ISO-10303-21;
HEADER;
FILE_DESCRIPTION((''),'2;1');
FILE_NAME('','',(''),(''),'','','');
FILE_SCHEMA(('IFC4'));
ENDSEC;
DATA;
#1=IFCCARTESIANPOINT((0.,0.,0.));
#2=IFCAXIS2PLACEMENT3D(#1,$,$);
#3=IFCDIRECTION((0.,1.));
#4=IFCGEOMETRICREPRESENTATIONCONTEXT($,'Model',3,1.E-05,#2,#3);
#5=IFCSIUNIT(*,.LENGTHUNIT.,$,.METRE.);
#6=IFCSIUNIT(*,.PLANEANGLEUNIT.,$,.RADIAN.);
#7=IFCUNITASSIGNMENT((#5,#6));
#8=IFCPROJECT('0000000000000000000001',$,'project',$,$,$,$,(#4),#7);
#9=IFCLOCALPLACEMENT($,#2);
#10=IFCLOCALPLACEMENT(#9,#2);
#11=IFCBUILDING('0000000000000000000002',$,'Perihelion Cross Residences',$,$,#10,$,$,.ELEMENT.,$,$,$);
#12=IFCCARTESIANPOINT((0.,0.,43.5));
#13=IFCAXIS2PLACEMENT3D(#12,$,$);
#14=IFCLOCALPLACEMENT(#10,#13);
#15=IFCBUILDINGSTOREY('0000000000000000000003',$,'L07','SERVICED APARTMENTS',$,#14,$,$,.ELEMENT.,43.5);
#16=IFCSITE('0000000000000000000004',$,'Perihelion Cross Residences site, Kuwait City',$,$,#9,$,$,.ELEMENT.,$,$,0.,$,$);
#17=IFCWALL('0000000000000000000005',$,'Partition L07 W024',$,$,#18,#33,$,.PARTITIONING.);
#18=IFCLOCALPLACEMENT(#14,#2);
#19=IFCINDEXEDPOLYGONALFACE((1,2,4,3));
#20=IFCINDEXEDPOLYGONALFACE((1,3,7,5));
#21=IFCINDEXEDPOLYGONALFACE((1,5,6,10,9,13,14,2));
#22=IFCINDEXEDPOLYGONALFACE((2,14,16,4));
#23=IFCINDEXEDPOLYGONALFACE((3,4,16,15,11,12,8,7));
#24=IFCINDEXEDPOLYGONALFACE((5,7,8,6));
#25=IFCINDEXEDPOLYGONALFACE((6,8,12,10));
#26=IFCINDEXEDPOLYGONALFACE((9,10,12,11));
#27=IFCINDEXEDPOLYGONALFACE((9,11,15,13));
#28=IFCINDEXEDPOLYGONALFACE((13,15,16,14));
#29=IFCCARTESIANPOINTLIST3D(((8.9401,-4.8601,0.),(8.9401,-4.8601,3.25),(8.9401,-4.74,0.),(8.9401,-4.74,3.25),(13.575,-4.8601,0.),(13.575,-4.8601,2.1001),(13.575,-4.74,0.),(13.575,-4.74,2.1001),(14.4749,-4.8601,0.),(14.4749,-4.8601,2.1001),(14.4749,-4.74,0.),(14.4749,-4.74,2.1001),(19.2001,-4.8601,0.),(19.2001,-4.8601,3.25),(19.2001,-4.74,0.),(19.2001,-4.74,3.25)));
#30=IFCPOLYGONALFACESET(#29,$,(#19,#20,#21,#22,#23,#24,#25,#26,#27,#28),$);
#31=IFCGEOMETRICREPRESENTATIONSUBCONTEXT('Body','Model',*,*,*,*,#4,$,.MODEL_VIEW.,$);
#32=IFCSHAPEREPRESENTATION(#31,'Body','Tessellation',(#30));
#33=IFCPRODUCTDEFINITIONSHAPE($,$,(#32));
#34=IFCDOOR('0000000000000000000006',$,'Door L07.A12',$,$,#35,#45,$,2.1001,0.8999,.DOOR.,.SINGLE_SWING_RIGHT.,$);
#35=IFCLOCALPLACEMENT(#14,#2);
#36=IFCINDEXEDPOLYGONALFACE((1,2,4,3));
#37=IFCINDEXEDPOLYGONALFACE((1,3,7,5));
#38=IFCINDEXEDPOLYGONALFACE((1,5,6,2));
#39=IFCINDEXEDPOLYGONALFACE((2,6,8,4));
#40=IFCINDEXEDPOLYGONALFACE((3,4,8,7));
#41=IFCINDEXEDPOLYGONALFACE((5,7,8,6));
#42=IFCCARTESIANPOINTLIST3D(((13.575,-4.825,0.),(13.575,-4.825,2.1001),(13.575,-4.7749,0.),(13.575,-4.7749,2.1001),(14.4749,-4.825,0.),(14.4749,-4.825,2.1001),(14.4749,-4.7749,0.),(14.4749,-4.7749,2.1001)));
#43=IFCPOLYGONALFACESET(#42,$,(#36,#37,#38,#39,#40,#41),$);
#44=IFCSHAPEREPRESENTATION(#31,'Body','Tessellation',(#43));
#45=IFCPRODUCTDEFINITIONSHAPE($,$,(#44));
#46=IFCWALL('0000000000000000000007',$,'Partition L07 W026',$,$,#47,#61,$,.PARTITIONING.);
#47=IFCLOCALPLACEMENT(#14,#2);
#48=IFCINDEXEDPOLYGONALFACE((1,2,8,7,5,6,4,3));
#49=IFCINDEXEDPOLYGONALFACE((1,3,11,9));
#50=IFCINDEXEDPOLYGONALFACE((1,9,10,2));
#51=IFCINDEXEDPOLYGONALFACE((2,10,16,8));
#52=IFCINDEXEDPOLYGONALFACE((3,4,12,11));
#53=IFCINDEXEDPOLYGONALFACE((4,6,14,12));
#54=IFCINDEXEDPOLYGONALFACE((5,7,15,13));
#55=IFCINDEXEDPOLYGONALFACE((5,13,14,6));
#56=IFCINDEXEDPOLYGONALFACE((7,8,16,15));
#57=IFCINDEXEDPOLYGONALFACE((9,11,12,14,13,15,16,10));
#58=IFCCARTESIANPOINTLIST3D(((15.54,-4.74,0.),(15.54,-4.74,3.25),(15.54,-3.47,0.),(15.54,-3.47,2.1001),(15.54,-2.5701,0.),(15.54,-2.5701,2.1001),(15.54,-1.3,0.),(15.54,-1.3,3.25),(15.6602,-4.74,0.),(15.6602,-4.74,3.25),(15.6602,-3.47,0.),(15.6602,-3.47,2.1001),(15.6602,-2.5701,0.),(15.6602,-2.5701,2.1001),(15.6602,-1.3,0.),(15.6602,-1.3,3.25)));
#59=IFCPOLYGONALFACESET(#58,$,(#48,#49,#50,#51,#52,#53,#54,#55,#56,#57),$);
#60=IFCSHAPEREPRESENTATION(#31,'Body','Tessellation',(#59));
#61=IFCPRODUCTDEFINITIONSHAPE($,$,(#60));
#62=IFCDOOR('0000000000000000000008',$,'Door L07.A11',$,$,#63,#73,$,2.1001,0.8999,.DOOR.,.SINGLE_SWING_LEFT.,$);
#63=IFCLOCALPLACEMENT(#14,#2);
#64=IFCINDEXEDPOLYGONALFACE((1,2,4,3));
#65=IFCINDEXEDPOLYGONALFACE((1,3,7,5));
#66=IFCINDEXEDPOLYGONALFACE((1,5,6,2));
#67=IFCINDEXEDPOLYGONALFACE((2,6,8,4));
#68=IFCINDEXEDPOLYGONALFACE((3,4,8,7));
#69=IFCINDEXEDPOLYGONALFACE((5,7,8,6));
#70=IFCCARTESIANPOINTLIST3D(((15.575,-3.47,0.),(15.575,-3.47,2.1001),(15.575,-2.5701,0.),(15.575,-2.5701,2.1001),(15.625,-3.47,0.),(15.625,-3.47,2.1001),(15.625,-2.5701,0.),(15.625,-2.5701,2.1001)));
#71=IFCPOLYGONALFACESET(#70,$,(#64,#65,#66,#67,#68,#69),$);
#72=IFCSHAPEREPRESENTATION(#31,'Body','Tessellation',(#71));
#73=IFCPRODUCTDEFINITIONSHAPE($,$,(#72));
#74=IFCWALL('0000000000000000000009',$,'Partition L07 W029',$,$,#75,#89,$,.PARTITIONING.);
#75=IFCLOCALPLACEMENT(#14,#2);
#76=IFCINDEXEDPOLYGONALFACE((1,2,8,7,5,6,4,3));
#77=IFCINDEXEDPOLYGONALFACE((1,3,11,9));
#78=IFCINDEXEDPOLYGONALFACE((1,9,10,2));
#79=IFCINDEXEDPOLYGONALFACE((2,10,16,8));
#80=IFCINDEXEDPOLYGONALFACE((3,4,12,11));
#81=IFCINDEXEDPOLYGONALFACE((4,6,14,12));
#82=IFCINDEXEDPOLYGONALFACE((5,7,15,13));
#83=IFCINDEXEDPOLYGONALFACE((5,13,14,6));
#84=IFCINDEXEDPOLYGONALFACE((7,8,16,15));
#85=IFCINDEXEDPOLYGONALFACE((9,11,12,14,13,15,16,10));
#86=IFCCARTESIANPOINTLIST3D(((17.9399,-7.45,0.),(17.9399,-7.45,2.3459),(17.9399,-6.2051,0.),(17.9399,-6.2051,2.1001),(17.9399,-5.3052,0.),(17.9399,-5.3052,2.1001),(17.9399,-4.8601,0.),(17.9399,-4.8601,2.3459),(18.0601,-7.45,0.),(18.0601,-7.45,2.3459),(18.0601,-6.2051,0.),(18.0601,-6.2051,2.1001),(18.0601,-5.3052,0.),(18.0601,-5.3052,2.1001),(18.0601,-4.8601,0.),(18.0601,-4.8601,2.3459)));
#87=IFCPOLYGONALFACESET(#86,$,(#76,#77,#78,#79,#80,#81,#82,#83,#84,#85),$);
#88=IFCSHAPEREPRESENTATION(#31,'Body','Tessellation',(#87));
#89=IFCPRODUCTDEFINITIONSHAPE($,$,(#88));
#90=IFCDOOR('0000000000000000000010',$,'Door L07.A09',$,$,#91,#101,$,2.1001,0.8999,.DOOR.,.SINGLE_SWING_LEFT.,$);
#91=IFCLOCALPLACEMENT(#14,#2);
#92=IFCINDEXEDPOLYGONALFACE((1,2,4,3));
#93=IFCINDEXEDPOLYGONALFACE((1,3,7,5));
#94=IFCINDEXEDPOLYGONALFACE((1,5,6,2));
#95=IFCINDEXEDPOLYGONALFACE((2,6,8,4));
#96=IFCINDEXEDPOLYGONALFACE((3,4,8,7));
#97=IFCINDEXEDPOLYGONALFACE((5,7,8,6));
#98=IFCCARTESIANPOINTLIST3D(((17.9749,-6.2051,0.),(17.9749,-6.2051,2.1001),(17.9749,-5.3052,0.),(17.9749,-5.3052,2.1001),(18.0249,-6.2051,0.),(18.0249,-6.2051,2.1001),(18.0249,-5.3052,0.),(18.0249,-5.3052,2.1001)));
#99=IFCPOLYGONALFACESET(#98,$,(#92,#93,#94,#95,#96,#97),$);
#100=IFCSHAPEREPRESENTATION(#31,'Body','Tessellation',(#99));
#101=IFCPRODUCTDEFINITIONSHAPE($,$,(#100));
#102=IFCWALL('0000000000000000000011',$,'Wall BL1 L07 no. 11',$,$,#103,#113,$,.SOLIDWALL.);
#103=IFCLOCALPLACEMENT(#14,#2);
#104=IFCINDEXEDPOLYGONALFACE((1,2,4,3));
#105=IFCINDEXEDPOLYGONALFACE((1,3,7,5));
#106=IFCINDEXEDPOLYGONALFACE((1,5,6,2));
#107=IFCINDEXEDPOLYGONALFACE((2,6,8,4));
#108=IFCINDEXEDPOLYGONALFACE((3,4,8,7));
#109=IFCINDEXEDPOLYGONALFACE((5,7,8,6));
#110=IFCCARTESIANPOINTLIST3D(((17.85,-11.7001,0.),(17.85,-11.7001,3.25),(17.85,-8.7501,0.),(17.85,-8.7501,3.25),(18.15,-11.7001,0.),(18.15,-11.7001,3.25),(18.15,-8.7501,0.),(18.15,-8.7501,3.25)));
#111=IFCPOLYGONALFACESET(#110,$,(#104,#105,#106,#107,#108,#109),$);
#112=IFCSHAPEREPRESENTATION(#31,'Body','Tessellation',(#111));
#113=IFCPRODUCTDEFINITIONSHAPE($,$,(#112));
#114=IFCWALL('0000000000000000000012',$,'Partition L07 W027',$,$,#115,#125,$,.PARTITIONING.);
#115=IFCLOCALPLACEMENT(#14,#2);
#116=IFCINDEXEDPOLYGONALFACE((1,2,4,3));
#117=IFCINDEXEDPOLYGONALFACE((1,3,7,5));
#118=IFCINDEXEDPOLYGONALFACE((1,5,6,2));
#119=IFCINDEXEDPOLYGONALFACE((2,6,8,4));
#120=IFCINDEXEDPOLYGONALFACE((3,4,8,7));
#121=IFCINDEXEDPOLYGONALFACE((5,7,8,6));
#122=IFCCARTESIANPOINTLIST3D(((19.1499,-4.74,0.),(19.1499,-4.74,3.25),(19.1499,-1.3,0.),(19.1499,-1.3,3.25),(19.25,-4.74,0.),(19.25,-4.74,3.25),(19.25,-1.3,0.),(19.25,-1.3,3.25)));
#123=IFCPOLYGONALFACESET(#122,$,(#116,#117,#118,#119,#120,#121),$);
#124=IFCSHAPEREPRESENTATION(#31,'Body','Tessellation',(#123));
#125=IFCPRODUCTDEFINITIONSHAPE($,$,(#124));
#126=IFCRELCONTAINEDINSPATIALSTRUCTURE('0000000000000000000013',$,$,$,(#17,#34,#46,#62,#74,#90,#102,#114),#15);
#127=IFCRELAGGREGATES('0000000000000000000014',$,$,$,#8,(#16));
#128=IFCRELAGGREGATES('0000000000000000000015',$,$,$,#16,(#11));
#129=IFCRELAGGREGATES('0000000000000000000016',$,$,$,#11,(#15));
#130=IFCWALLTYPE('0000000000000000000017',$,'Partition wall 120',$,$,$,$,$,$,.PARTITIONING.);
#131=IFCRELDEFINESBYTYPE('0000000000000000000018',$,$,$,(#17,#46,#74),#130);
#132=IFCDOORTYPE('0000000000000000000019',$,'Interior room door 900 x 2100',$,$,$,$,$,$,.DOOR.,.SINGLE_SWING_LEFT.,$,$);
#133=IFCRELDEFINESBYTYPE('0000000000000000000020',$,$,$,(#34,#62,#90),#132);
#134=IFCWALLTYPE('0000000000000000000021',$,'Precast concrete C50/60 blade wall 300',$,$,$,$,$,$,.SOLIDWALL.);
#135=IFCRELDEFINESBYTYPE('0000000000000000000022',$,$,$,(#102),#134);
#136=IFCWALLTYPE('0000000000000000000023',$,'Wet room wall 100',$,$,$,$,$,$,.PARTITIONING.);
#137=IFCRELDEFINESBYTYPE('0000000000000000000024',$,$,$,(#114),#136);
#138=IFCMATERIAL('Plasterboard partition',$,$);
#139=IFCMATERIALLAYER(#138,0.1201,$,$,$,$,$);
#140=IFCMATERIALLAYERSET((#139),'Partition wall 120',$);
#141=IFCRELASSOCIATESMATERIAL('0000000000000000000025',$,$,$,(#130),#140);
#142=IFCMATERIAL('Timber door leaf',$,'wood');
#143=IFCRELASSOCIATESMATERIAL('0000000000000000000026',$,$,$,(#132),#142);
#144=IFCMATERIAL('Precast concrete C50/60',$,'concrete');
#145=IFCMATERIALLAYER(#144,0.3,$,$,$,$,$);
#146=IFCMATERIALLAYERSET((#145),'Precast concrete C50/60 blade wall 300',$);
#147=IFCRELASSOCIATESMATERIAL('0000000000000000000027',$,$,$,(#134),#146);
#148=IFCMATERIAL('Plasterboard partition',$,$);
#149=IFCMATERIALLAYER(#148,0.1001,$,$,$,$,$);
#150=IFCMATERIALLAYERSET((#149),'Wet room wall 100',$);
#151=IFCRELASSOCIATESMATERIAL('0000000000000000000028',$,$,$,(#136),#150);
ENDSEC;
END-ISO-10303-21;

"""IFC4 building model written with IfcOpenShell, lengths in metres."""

from ifc_helpers import new_model, si_unit, direction, frame, frame_2d, origin, place, context, subcontext, project, spatial, rectangle, extrude, material, layer, layer_set, type_object, element, fill, save


model = new_model("IFC4")

# Units and contexts
model_context = context("Model", 3, precision=1e-05, world=origin(), true_north=direction((0.0, 1.0)))
body_context = subcontext(model_context, "Body", "Model", "MODEL_VIEW")
ifc_project = project(units=[si_unit("LENGTHUNIT", "METRE"), si_unit("PLANEANGLEUNIT", "RADIAN")], contexts=[model_context])

# Site, building, storey
site_placement = place(None, origin())
site = spatial("IfcSite", under=ifc_project, at=site_placement, Name="Perihelion Cross Residences site, Kuwait City", CompositionType="ELEMENT", RefElevation=0.0)
building_placement = place(site_placement, origin())
building = spatial("IfcBuilding", under=site, at=building_placement, Name="Perihelion Cross Residences", CompositionType="ELEMENT")
storey_placement = place(building_placement, frame((0.0, 0.0, 43.5)))
storey = spatial("IfcBuildingStorey", under=building, at=storey_placement, Name="L07", Description="SERVICED APARTMENTS", CompositionType="ELEMENT", Elevation=43.5)

# Walls, openings, doors
ifc_material_1 = material(Name="Plasterboard partition")
ifc_layer_1 = layer(ifc_material_1, 0.1201)
ifc_layer_set_1 = layer_set([ifc_layer_1], Name="Partition wall 120")
wall_type_1 = type_object("IfcWallType", Name="Partition wall 120", PredefinedType="PARTITIONING", material=ifc_layer_set_1)
ifc_material_2 = material(Name="Timber door leaf", Category="wood")
door_type_1 = type_object("IfcDoorType", Name="Interior room door 900 x 2100", OperationType="SINGLE_SWING_LEFT", PredefinedType="DOOR", material=ifc_material_2)
wall_1_placement = place(storey_placement, frame((19.2, -4.8, 0.0), z_axis=(0.0, 0.0, 1.0), x_axis=(-1.0, 0.0, 0.0)))
wall_1 = element("IfcWall", 1, at=wall_1_placement, inside=storey, type_object=wall_type_1, Name="Partition L07 W024", PredefinedType="PARTITIONING", context=body_context, shape_type="SweptSolid", body=[
    extrude(rectangle(XDim=10.26, YDim=0.1201, at=frame_2d((5.1299, 0.0))), origin(), (0.0, 0.0, 1.0), 3.25),
])
opening_1_placement = place(wall_1_placement, frame((4.7251, 0.0, 0.0)))
opening_1 = element("IfcOpeningElement", 2, at=opening_1_placement, cuts=wall_1, PredefinedType="OPENING", context=body_context, shape_type="SweptSolid", body=[
    extrude(rectangle(XDim=0.8999, YDim=2.1001, at=frame_2d((0.45, 1.05))), frame((0.0, 0.0701, 0.0), z_axis=(0.0, -1.0, 0.0), x_axis=(1.0, 0.0, 0.0)), (0.0, 0.0, 1.0), 0.1401),
])
door_1_placement = place(opening_1_placement, origin())
door_1 = element("IfcDoor", 3, at=door_1_placement, inside=storey, type_object=door_type_1, Name="Door L07.A12", OperationType="SINGLE_SWING_RIGHT", OverallHeight=2.1001, OverallWidth=0.8999, PredefinedType="DOOR", context=body_context, shape_type="SweptSolid", body=[
    extrude(rectangle(XDim=0.8999, YDim=2.1001, at=frame_2d((0.45, 1.05))), frame((0.0, 0.0249, 0.0), z_axis=(0.0, -1.0, 0.0), x_axis=(1.0, 0.0, 0.0)), (0.0, 0.0, 1.0), 0.05),
])
fill(opening_1, door_1)
wall_2_placement = place(storey_placement, frame((15.6001, -1.3, 0.0), z_axis=(0.0, 0.0, 1.0), x_axis=(0.0, -1.0, 0.0)))
wall_2 = element("IfcWall", 4, at=wall_2_placement, inside=storey, type_object=wall_type_1, Name="Partition L07 W026", PredefinedType="PARTITIONING", context=body_context, shape_type="SweptSolid", body=[
    extrude(rectangle(XDim=3.4399, YDim=0.1201, at=frame_2d((1.72, 0.0))), origin(), (0.0, 0.0, 1.0), 3.25),
])
opening_2_placement = place(wall_2_placement, frame((1.27, 0.0, 0.0)))
opening_2 = element("IfcOpeningElement", 5, at=opening_2_placement, cuts=wall_2, PredefinedType="OPENING", context=body_context, shape_type="SweptSolid", body=[
    extrude(rectangle(XDim=0.8999, YDim=2.1001, at=frame_2d((0.45, 1.05))), frame((0.0, 0.0701, 0.0), z_axis=(0.0, -1.0, 0.0), x_axis=(1.0, 0.0, 0.0)), (0.0, 0.0, 1.0), 0.1401),
])
door_2_placement = place(opening_2_placement, origin())
door_2 = element("IfcDoor", 6, at=door_2_placement, inside=storey, type_object=door_type_1, Name="Door L07.A11", OperationType="SINGLE_SWING_LEFT", OverallHeight=2.1001, OverallWidth=0.8999, PredefinedType="DOOR", context=body_context, shape_type="SweptSolid", body=[
    extrude(rectangle(XDim=0.8999, YDim=2.1001, at=frame_2d((0.45, 1.05))), frame((0.0, 0.0249, 0.0), z_axis=(0.0, -1.0, 0.0), x_axis=(1.0, 0.0, 0.0)), (0.0, 0.0, 1.0), 0.05),
])
fill(opening_2, door_2)
wall_3_placement = place(storey_placement, frame((18.0, -4.8601, 0.0), z_axis=(0.0, 0.0, 1.0), x_axis=(0.0, -1.0, 0.0)))
wall_3 = element("IfcWall", 7, at=wall_3_placement, inside=storey, type_object=wall_type_1, Name="Partition L07 W029", PredefinedType="PARTITIONING", context=body_context, shape_type="SweptSolid", body=[
    extrude(rectangle(XDim=2.5898, YDim=0.1201, at=frame_2d((1.2949, 0.0))), origin(), (0.0, 0.0, 1.0), 2.3459),
])
opening_3_placement = place(wall_3_placement, frame((0.4451, 0.0, 0.0)))
opening_3 = element("IfcOpeningElement", 8, at=opening_3_placement, cuts=wall_3, PredefinedType="OPENING", context=body_context, shape_type="SweptSolid", body=[
    extrude(rectangle(XDim=0.8999, YDim=2.1001, at=frame_2d((0.45, 1.05))), frame((0.0, 0.0701, 0.0), z_axis=(0.0, -1.0, 0.0), x_axis=(1.0, 0.0, 0.0)), (0.0, 0.0, 1.0), 0.1401),
])
door_3_placement = place(opening_3_placement, origin())
door_3 = element("IfcDoor", 9, at=door_3_placement, inside=storey, type_object=door_type_1, Name="Door L07.A09", OperationType="SINGLE_SWING_LEFT", OverallHeight=2.1001, OverallWidth=0.8999, PredefinedType="DOOR", context=body_context, shape_type="SweptSolid", body=[
    extrude(rectangle(XDim=0.8999, YDim=2.1001, at=frame_2d((0.45, 1.05))), frame((0.0, 0.0249, 0.0), z_axis=(0.0, -1.0, 0.0), x_axis=(1.0, 0.0, 0.0)), (0.0, 0.0, 1.0), 0.05),
])
fill(opening_3, door_3)

# Walls
ifc_material_3 = material(Name="Precast concrete C50/60", Category="concrete")
ifc_layer_2 = layer(ifc_material_3, 0.3)
ifc_layer_set_2 = layer_set([ifc_layer_2], Name="Precast concrete C50/60 blade wall 300")
wall_type_2 = type_object("IfcWallType", Name="Precast concrete C50/60 blade wall 300", PredefinedType="SOLIDWALL", material=ifc_layer_set_2)
wall_4_placement = place(storey_placement, frame((18.0, -8.75, 0.0), z_axis=(0.0, 0.0, 1.0), x_axis=(0.0, -1.0, 0.0)))
element("IfcWall", 10, at=wall_4_placement, inside=storey, type_object=wall_type_2, Name="Wall BL1 L07 no. 11", PredefinedType="SOLIDWALL", context=body_context, shape_type="SweptSolid", body=[
    extrude(rectangle(XDim=2.95, YDim=0.3, at=frame_2d((1.4751, 0.0))), origin(), (0.0, 0.0, 1.0), 3.25),
])
ifc_material_4 = material(Name="Plasterboard partition")
ifc_layer_3 = layer(ifc_material_4, 0.1001)
ifc_layer_set_3 = layer_set([ifc_layer_3], Name="Wet room wall 100")
wall_type_3 = type_object("IfcWallType", Name="Wet room wall 100", PredefinedType="PARTITIONING", material=ifc_layer_set_3)
wall_5_placement = place(storey_placement, frame((19.2, -1.3, 0.0), z_axis=(0.0, 0.0, 1.0), x_axis=(0.0, -1.0, 0.0)))
element("IfcWall", 11, at=wall_5_placement, inside=storey, type_object=wall_type_3, Name="Partition L07 W027", PredefinedType="PARTITIONING", context=body_context, shape_type="SweptSolid", body=[
    extrude(rectangle(XDim=3.4399, YDim=0.1001, at=frame_2d((1.72, 0.0))), origin(), (0.0, 0.0, 1.0), 3.25),
])

save(model, "model.ifc")
